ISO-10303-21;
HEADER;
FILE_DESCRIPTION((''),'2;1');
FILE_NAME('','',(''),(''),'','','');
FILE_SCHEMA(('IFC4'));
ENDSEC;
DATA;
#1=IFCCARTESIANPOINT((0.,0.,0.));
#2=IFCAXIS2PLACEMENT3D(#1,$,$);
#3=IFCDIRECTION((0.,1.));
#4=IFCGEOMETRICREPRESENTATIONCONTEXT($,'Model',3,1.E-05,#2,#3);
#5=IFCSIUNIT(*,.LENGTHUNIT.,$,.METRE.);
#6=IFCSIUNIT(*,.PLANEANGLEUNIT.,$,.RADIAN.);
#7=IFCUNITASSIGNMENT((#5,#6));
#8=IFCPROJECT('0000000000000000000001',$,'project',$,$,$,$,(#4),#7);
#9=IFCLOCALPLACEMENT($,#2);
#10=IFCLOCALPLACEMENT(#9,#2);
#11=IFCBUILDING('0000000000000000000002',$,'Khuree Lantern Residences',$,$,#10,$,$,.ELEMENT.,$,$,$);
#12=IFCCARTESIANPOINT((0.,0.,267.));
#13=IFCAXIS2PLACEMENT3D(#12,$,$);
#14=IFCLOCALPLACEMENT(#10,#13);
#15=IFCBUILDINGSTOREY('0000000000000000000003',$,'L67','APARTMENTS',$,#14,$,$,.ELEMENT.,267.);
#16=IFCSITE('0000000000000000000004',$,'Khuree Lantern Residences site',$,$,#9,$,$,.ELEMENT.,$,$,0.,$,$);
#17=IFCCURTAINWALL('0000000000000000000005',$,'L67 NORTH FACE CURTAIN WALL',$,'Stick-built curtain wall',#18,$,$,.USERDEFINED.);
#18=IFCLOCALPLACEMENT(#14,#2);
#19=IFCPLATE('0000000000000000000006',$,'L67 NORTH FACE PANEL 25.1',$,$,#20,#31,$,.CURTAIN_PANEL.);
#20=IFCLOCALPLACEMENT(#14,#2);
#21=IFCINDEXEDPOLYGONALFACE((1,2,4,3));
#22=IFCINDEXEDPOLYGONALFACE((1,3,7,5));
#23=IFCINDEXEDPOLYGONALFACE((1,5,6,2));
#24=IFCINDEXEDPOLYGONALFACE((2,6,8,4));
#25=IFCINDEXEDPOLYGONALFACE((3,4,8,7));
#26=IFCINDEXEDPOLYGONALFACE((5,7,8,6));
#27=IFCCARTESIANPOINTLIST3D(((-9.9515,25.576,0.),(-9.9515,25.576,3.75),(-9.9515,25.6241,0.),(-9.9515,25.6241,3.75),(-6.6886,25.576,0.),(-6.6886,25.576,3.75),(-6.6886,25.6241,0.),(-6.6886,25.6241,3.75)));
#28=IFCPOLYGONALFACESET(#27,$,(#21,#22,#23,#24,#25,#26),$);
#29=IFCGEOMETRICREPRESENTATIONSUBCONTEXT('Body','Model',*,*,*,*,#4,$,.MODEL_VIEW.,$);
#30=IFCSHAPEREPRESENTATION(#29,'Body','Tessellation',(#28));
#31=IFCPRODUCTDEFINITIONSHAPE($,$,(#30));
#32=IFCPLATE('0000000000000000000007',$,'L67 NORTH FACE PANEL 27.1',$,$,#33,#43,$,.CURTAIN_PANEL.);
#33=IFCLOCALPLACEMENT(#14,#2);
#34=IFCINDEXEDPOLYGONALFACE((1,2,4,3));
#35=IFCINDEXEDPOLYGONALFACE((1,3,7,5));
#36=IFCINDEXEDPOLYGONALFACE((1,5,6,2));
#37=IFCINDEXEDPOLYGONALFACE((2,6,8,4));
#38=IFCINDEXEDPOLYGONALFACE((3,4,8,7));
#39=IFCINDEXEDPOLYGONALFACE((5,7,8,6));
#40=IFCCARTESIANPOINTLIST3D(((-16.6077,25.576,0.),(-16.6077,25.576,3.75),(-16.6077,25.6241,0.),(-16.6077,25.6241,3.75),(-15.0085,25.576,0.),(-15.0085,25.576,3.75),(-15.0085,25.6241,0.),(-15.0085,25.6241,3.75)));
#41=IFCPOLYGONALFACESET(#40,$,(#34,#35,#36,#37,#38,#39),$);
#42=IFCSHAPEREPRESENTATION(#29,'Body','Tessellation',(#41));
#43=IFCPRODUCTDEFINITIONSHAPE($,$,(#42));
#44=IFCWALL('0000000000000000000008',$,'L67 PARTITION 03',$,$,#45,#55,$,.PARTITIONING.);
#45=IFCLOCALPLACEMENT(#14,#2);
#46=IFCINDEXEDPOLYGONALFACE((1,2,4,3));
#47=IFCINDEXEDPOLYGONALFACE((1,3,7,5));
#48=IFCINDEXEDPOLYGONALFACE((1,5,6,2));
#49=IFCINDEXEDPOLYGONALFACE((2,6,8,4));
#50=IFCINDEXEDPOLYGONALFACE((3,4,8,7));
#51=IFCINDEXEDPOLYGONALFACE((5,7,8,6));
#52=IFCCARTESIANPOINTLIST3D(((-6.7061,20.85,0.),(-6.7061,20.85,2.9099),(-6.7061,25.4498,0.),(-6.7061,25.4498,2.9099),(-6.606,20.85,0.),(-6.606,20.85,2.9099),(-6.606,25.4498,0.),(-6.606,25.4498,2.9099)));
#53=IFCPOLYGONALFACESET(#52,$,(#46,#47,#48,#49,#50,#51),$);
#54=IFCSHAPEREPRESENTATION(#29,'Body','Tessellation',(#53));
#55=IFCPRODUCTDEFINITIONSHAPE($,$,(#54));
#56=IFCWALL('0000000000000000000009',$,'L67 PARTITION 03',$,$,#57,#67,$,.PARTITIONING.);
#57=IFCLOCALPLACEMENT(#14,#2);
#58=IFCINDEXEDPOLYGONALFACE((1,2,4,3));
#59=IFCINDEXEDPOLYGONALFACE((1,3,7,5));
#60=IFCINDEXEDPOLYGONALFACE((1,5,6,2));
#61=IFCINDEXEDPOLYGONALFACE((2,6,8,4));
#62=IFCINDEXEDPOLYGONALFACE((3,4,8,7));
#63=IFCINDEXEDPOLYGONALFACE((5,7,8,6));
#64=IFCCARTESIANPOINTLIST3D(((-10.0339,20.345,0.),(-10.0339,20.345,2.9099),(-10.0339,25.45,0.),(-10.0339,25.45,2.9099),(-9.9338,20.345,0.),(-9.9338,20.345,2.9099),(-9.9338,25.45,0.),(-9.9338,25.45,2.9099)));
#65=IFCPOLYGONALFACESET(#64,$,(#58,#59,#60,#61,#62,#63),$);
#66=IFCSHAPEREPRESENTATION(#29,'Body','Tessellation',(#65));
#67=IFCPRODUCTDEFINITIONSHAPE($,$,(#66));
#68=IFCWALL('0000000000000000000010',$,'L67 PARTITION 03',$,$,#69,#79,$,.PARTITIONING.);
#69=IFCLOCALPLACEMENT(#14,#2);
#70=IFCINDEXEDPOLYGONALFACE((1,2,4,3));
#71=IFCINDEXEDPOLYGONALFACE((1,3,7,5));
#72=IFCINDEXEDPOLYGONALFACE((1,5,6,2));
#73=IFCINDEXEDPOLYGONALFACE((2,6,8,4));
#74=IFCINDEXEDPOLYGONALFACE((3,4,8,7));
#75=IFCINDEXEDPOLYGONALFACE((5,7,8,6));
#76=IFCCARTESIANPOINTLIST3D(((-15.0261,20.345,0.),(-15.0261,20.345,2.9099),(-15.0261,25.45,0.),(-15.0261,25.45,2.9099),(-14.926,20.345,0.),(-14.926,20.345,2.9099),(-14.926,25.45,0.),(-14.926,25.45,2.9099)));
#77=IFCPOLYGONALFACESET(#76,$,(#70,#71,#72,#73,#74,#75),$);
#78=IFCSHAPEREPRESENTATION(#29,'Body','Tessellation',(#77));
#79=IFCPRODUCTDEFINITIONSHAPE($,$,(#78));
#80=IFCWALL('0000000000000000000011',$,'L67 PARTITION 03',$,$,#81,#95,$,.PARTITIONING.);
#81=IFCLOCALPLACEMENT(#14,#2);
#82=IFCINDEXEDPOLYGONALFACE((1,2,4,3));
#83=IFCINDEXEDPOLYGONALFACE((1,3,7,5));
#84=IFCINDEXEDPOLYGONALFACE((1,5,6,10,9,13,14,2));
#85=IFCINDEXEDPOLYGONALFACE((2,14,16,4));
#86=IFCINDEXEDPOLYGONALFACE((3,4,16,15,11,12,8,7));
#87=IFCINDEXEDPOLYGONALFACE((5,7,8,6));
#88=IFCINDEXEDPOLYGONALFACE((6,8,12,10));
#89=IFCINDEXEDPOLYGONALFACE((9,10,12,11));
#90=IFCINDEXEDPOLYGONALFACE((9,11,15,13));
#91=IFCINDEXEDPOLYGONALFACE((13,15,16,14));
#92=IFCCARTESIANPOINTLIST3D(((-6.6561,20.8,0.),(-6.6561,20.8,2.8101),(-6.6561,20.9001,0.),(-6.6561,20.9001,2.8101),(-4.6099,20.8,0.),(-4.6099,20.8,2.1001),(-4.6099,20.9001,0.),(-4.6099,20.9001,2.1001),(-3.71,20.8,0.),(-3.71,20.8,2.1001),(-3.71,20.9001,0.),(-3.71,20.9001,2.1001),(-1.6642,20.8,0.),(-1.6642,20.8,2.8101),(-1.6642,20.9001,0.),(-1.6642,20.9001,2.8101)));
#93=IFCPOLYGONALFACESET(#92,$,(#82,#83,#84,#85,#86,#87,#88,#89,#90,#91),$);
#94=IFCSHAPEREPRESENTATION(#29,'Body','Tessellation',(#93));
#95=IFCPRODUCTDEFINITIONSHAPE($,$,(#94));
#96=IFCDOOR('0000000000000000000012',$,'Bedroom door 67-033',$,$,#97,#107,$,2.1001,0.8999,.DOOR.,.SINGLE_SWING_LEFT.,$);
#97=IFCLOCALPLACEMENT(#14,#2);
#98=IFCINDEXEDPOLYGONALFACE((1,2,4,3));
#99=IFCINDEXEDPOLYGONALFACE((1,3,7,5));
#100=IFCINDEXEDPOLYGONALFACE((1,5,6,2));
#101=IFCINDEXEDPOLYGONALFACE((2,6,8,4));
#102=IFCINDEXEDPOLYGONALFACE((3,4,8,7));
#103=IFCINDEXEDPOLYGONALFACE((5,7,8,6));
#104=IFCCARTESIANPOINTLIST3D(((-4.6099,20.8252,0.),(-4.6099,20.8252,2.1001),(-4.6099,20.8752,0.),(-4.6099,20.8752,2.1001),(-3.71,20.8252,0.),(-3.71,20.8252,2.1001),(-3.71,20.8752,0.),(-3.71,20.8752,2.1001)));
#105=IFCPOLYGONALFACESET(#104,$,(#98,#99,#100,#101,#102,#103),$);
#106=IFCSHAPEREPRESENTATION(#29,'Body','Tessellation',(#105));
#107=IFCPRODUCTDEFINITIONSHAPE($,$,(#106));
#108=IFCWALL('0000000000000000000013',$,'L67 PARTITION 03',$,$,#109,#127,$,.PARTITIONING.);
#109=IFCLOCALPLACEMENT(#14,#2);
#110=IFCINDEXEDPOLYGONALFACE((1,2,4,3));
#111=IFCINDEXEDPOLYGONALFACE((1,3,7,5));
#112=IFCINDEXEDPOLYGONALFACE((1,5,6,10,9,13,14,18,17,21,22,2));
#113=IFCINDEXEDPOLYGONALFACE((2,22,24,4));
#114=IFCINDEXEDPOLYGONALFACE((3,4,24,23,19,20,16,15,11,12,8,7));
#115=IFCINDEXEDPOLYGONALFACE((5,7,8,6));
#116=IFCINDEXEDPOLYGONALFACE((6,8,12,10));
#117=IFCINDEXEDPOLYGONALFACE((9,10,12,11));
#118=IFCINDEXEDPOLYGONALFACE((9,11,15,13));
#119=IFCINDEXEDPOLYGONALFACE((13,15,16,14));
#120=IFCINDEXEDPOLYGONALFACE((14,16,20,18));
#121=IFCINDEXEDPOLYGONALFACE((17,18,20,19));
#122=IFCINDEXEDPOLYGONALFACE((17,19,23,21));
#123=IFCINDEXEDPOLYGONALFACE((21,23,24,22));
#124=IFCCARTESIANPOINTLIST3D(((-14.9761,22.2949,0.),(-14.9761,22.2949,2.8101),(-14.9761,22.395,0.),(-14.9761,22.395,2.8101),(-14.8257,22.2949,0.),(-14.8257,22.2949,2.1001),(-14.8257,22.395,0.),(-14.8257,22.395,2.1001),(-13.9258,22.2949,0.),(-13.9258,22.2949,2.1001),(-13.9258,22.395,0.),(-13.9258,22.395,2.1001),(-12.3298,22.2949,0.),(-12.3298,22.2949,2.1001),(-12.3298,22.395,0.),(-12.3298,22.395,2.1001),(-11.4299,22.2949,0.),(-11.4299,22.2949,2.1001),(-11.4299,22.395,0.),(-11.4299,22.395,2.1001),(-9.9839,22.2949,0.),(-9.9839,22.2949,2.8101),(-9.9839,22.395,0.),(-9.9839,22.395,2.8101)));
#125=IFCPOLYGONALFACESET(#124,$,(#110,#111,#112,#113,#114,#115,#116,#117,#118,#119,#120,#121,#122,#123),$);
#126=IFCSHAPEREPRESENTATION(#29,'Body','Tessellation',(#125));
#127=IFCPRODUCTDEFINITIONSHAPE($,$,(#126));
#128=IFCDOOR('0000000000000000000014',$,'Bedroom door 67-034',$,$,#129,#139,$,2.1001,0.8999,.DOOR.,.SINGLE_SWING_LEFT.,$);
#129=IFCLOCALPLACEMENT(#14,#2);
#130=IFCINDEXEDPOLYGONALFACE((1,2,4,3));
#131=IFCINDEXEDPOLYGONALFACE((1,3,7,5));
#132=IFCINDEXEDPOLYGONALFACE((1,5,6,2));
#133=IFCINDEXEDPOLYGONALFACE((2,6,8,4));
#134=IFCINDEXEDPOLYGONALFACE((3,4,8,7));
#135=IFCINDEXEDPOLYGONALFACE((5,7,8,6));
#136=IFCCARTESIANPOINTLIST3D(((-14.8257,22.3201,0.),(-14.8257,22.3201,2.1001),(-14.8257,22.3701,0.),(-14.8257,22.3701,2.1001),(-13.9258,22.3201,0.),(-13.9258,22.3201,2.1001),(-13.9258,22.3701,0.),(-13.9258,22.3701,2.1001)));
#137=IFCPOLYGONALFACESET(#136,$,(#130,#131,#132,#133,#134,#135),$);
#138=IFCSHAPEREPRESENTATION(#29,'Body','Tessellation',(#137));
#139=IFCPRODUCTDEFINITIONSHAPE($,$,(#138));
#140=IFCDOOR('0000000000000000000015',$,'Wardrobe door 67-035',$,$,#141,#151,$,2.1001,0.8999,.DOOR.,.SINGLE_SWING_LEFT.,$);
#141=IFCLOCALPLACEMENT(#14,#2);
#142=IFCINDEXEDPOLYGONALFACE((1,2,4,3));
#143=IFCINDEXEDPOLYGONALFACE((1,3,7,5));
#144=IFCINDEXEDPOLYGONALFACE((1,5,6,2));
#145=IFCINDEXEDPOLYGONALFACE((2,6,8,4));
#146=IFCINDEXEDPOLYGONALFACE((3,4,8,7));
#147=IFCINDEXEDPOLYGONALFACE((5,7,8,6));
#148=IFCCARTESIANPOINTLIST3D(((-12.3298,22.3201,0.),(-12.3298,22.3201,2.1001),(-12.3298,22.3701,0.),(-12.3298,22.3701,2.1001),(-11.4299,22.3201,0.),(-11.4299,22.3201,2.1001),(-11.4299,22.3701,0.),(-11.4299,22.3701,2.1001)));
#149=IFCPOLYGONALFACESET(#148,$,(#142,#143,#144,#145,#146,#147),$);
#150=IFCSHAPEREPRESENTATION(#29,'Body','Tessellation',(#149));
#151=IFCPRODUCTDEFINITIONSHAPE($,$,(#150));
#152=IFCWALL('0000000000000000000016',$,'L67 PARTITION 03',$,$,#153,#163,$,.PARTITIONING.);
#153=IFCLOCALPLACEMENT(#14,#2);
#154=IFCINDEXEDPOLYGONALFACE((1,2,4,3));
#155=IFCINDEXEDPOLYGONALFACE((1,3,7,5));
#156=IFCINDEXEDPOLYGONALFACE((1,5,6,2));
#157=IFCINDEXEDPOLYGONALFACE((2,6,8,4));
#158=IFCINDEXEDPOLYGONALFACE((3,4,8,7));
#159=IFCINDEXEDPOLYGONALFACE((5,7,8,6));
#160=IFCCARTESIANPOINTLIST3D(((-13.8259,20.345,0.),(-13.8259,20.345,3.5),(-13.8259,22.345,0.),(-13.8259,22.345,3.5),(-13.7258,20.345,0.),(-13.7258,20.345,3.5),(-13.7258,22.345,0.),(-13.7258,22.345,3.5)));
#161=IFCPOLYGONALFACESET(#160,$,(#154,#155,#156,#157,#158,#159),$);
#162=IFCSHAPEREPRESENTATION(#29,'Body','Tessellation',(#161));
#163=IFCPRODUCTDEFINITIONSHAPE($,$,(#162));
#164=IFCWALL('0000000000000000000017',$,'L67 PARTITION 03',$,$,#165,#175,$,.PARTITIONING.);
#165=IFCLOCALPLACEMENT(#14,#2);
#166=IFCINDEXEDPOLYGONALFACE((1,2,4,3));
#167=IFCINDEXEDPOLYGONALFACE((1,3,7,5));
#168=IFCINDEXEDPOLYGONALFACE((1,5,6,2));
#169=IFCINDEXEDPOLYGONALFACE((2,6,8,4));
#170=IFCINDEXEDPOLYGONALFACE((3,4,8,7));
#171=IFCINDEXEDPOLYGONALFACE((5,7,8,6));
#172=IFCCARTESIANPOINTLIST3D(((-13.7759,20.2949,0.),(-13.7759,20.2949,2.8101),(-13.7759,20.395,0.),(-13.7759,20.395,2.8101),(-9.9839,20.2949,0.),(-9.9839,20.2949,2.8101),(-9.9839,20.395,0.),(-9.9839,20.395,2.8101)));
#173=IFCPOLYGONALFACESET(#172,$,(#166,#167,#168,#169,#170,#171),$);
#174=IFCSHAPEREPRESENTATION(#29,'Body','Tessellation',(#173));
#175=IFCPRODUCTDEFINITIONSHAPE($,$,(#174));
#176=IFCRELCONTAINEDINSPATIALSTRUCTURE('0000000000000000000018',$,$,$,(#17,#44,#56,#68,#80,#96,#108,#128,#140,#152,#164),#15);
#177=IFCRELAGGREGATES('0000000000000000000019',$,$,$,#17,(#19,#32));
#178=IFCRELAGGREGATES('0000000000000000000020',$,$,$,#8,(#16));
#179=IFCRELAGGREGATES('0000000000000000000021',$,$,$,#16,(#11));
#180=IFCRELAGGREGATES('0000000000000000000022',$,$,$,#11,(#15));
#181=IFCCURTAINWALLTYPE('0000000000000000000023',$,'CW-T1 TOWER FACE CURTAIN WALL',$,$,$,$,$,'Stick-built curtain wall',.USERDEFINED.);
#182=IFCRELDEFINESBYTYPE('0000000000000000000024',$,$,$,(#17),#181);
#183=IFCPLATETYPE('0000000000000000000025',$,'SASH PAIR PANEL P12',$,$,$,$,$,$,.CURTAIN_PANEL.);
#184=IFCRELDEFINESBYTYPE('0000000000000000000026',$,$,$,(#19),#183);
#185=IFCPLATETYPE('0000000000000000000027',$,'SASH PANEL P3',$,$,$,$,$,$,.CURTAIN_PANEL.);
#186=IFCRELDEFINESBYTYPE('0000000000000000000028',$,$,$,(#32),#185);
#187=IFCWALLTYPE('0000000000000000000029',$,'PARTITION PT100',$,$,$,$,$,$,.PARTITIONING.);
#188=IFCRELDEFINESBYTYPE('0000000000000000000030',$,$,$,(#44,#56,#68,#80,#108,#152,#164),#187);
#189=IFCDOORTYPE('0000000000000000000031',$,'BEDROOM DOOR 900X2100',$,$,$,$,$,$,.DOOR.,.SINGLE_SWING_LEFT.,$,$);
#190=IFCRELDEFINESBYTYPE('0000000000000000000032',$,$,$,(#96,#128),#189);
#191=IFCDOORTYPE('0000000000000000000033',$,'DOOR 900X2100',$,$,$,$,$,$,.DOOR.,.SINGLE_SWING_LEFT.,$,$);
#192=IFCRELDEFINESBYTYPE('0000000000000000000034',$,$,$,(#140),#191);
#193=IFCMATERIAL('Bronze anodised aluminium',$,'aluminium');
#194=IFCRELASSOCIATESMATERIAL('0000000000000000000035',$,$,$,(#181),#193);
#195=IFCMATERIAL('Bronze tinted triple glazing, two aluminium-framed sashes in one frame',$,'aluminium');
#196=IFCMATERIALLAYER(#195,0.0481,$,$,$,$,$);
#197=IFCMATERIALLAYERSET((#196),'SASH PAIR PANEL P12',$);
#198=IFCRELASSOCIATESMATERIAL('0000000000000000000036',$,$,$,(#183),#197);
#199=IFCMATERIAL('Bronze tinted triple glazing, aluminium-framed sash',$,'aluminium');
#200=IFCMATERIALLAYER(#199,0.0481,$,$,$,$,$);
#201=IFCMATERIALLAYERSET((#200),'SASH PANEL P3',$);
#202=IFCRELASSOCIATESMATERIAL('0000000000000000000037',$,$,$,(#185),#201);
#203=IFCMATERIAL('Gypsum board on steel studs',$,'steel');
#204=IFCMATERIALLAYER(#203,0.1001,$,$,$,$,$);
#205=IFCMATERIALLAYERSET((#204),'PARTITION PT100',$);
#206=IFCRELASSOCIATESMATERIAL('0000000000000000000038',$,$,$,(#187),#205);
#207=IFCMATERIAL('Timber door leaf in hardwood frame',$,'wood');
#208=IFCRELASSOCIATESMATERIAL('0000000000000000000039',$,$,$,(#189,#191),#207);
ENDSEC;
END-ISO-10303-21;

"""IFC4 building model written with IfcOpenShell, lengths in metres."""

from ifc_helpers import new_model, si_unit, direction, frame, frame_2d, origin, origin_2d, place, context, subcontext, project, spatial, rectangle, extrude, material, layer, layer_set, type_object, element, fill, aggregate, save


model = new_model("IFC4")

# Units and contexts
model_context = context("Model", 3, precision=1e-05, world=origin(), true_north=direction((0.0, 1.0)))
body_context = subcontext(model_context, "Body", "Model", "MODEL_VIEW")
ifc_project = project(units=[si_unit("LENGTHUNIT", "METRE"), si_unit("PLANEANGLEUNIT", "RADIAN")], contexts=[model_context])

# Site, building, storey
site_placement = place(None, origin())
site = spatial("IfcSite", under=ifc_project, at=site_placement, Name="Khuree Lantern Residences site", CompositionType="ELEMENT", RefElevation=0.0)
building_placement = place(site_placement, origin())
building = spatial("IfcBuilding", under=site, at=building_placement, Name="Khuree Lantern Residences", CompositionType="ELEMENT")
storey_placement = place(building_placement, frame((0.0, 0.0, 267.0)))
storey = spatial("IfcBuildingStorey", under=building, at=storey_placement, Name="L67", Description="APARTMENTS", CompositionType="ELEMENT", Elevation=267.0)

# Curtain wall
ifc_material_1 = material(Name="Bronze anodised aluminium", Category="aluminium")
curtain_wall_type = type_object("IfcCurtainWallType", Name="CW-T1 TOWER FACE CURTAIN WALL", ElementType="Stick-built curtain wall", PredefinedType="USERDEFINED", material=ifc_material_1)
curtain_wall_placement = place(storey_placement, origin())
curtain_wall = element("IfcCurtainWall", 1, at=curtain_wall_placement, inside=storey, type_object=curtain_wall_type, Name="L67 NORTH FACE CURTAIN WALL", ObjectType="Stick-built curtain wall", PredefinedType="USERDEFINED")

# Plates
ifc_material_2 = material(Name="Bronze tinted triple glazing, two aluminium-framed sashes in one frame", Category="aluminium")
ifc_layer_1 = layer(ifc_material_2, 0.0481)
ifc_layer_set_1 = layer_set([ifc_layer_1], Name="SASH PAIR PANEL P12")
plate_type_1 = type_object("IfcPlateType", Name="SASH PAIR PANEL P12", PredefinedType="CURTAIN_PANEL", material=ifc_layer_set_1)
plate_1_placement = place(storey_placement, frame((-8.3201, 25.6001, 0.0), z_axis=(0.0, 0.0, 1.0), x_axis=(-1.0, 0.0, 0.0)))
plate_1 = element("IfcPlate", 2, at=plate_1_placement, type_object=plate_type_1, Name="L67 NORTH FACE PANEL 25.1", PredefinedType="CURTAIN_PANEL", context=body_context, shape_type="SweptSolid", body=[
    extrude(rectangle(XDim=3.2629, YDim=0.0481, at=origin_2d()), origin(), (0.0, 0.0, 1.0), 3.75),
])
ifc_material_3 = material(Name="Bronze tinted triple glazing, aluminium-framed sash", Category="aluminium")
ifc_layer_2 = layer(ifc_material_3, 0.0481)
ifc_layer_set_2 = layer_set([ifc_layer_2], Name="SASH PANEL P3")
plate_type_2 = type_object("IfcPlateType", Name="SASH PANEL P3", PredefinedType="CURTAIN_PANEL", material=ifc_layer_set_2)
plate_2_placement = place(storey_placement, frame((-15.8081, 25.6001, 0.0), z_axis=(0.0, 0.0, 1.0), x_axis=(-1.0, 0.0, 0.0)))
plate_2 = element("IfcPlate", 3, at=plate_2_placement, type_object=plate_type_2, Name="L67 NORTH FACE PANEL 27.1", PredefinedType="CURTAIN_PANEL", context=body_context, shape_type="SweptSolid", body=[
    extrude(rectangle(XDim=1.5991, YDim=0.0481, at=origin_2d()), origin(), (0.0, 0.0, 1.0), 3.75),
])
aggregate(curtain_wall, [plate_1, plate_2])

# Walls
ifc_material_4 = material(Name="Gypsum board on steel studs", Category="steel")
ifc_layer_3 = layer(ifc_material_4, 0.1001)
ifc_layer_set_3 = layer_set([ifc_layer_3], Name="PARTITION PT100")
wall_type = type_object("IfcWallType", Name="PARTITION PT100", PredefinedType="PARTITIONING", material=ifc_layer_set_3)
wall_1_placement = place(storey_placement, frame((-6.656, 20.8501, 0.0), z_axis=(0.0, 0.0, 1.0), x_axis=(0.0, 1.0, 0.0)))
element("IfcWall", 4, at=wall_1_placement, inside=storey, type_object=wall_type, Name="L67 PARTITION 03", PredefinedType="PARTITIONING", context=body_context, shape_type="SweptSolid", body=[
    extrude(rectangle(XDim=4.5999, YDim=0.1001, at=frame_2d((2.2998, 0.0))), origin(), (0.0, 0.0, 1.0), 2.9099),
])
for number, where, z_axis, x_axis, name in (
    (5, (-9.9839, 20.345, 0.0), (0.0, 0.0, 1.0), (0.0, 1.0, 0.0), "L67 PARTITION 03"),
    (6, (-14.9761, 20.345, 0.0), (0.0, 0.0, 1.0), (0.0, 1.0, 0.0), "L67 PARTITION 03"),
):
    element("IfcWall", number, at=place(storey_placement, frame(where, z_axis=z_axis, x_axis=x_axis)), inside=storey, type_object=wall_type, Name=name, PredefinedType="PARTITIONING", context=body_context, shape_type="SweptSolid", body=[
        extrude(rectangle(XDim=5.105, YDim=0.1001, at=frame_2d((2.5525, 0.0))), origin(), (0.0, 0.0, 1.0), 2.9099),
    ])

# Wall, opening, door
wall_2_placement = place(storey_placement, frame((-1.6641, 20.8501, 0.0), z_axis=(0.0, 0.0, 1.0), x_axis=(-1.0, 0.0, 0.0)))
wall_2 = element("IfcWall", 7, at=wall_2_placement, inside=storey, type_object=wall_type, Name="L67 PARTITION 03", PredefinedType="PARTITIONING", context=body_context, shape_type="SweptSolid", body=[
    extrude(rectangle(XDim=4.9919, YDim=0.1001, at=frame_2d((2.4961, 0.0))), origin(), (0.0, 0.0, 1.0), 2.8101),
])
opening_1_placement = place(wall_2_placement, frame((2.0459, 0.0, 0.0)))
opening_1 = element("IfcOpeningElement", 8, at=opening_1_placement, cuts=wall_2, PredefinedType="OPENING", context=body_context, shape_type="SweptSolid", body=[
    extrude(rectangle(XDim=0.8999, YDim=2.1001, at=frame_2d((0.45, 1.05))), frame((0.0, 0.0601, 0.0), z_axis=(0.0, -1.0, 0.0), x_axis=(1.0, 0.0, 0.0)), (0.0, 0.0, 1.0), 0.1201),
])
ifc_material_5 = material(Name="Timber door leaf in hardwood frame", Category="wood")
door_type_1 = type_object("IfcDoorType", Name="BEDROOM DOOR 900X2100", OperationType="SINGLE_SWING_LEFT", PredefinedType="DOOR", material=ifc_material_5)
door_1_placement = place(opening_1_placement, origin())
door_1 = element("IfcDoor", 9, at=door_1_placement, inside=storey, type_object=door_type_1, Name="Bedroom door 67-033", OperationType="SINGLE_SWING_LEFT", OverallHeight=2.1001, OverallWidth=0.8999, PredefinedType="DOOR", context=body_context, shape_type="SweptSolid", body=[
    extrude(rectangle(XDim=0.8999, YDim=2.1001, at=frame_2d((0.45, 1.05))), frame((0.0, 0.0249, 0.0), z_axis=(0.0, -1.0, 0.0), x_axis=(1.0, 0.0, 0.0)), (0.0, 0.0, 1.0), 0.05),
])
fill(opening_1, door_1)

# Wall, openings, doors
wall_3_placement = place(storey_placement, frame((-9.9839, 22.345, 0.0), z_axis=(0.0, 0.0, 1.0), x_axis=(-1.0, 0.0, 0.0)))
wall_3 = element("IfcWall", 10, at=wall_3_placement, inside=storey, type_object=wall_type, Name="L67 PARTITION 03", PredefinedType="PARTITIONING", context=body_context, shape_type="SweptSolid", body=[
    extrude(rectangle(XDim=4.9922, YDim=0.1001, at=frame_2d((2.4961, 0.0))), origin(), (0.0, 0.0, 1.0), 2.8101),
])
opening_2_placement = place(wall_3_placement, frame((3.9419, 0.0, 0.0)))
opening_2 = element("IfcOpeningElement", 11, at=opening_2_placement, cuts=wall_3, PredefinedType="OPENING", context=body_context, shape_type="SweptSolid", body=[
    extrude(rectangle(XDim=0.8999, YDim=2.1001, at=frame_2d((0.45, 1.05))), frame((0.0, 0.0601, 0.0), z_axis=(0.0, -1.0, 0.0), x_axis=(1.0, 0.0, 0.0)), (0.0, 0.0, 1.0), 0.1201),
])
opening_3_placement = place(wall_3_placement, frame((1.446, 0.0, 0.0)))
opening_3 = element("IfcOpeningElement", 12, at=opening_3_placement, cuts=wall_3, PredefinedType="OPENING", context=body_context, shape_type="SweptSolid", body=[
    extrude(rectangle(XDim=0.8999, YDim=2.1001, at=frame_2d((0.45, 1.05))), frame((0.0, 0.0601, 0.0), z_axis=(0.0, -1.0, 0.0), x_axis=(1.0, 0.0, 0.0)), (0.0, 0.0, 1.0), 0.1201),
])
door_2_placement = place(opening_2_placement, origin())
door_2 = element("IfcDoor", 13, at=door_2_placement, inside=storey, type_object=door_type_1, Name="Bedroom door 67-034", OperationType="SINGLE_SWING_LEFT", OverallHeight=2.1001, OverallWidth=0.8999, PredefinedType="DOOR", context=body_context, shape_type="SweptSolid", body=[
    extrude(rectangle(XDim=0.8999, YDim=2.1001, at=frame_2d((0.45, 1.05))), frame((0.0, 0.0249, 0.0), z_axis=(0.0, -1.0, 0.0), x_axis=(1.0, 0.0, 0.0)), (0.0, 0.0, 1.0), 0.05),
])
fill(opening_2, door_2)
door_type_2 = type_object("IfcDoorType", Name="DOOR 900X2100", OperationType="SINGLE_SWING_LEFT", PredefinedType="DOOR", material=ifc_material_5)
door_3_placement = place(opening_3_placement, origin())
door_3 = element("IfcDoor", 14, at=door_3_placement, inside=storey, type_object=door_type_2, Name="Wardrobe door 67-035", OperationType="SINGLE_SWING_LEFT", OverallHeight=2.1001, OverallWidth=0.8999, PredefinedType="DOOR", context=body_context, shape_type="SweptSolid", body=[
    extrude(rectangle(XDim=0.8999, YDim=2.1001, at=frame_2d((0.45, 1.05))), frame((0.0, 0.0249, 0.0), z_axis=(0.0, -1.0, 0.0), x_axis=(1.0, 0.0, 0.0)), (0.0, 0.0, 1.0), 0.05),
])
fill(opening_3, door_3)

# Walls
wall_4_placement = place(storey_placement, frame((-13.7759, 20.345, 0.0), z_axis=(0.0, 0.0, 1.0), x_axis=(0.0, 1.0, 0.0)))
element("IfcWall", 15, at=wall_4_placement, inside=storey, type_object=wall_type, Name="L67 PARTITION 03", PredefinedType="PARTITIONING", context=body_context, shape_type="SweptSolid", body=[
    extrude(rectangle(XDim=2.0, YDim=0.1001, at=frame_2d((1.0, 0.0))), origin(), (0.0, 0.0, 1.0), 3.5),
])
wall_5_placement = place(storey_placement, frame((-9.9839, 20.345, 0.0), z_axis=(0.0, 0.0, 1.0), x_axis=(-1.0, 0.0, 0.0)))
element("IfcWall", 16, at=wall_5_placement, inside=storey, type_object=wall_type, Name="L67 PARTITION 03", PredefinedType="PARTITIONING", context=body_context, shape_type="SweptSolid", body=[
    extrude(rectangle(XDim=3.792, YDim=0.1001, at=frame_2d((1.896, 0.0))), origin(), (0.0, 0.0, 1.0), 2.8101),
])

save(model, "model.ifc")
